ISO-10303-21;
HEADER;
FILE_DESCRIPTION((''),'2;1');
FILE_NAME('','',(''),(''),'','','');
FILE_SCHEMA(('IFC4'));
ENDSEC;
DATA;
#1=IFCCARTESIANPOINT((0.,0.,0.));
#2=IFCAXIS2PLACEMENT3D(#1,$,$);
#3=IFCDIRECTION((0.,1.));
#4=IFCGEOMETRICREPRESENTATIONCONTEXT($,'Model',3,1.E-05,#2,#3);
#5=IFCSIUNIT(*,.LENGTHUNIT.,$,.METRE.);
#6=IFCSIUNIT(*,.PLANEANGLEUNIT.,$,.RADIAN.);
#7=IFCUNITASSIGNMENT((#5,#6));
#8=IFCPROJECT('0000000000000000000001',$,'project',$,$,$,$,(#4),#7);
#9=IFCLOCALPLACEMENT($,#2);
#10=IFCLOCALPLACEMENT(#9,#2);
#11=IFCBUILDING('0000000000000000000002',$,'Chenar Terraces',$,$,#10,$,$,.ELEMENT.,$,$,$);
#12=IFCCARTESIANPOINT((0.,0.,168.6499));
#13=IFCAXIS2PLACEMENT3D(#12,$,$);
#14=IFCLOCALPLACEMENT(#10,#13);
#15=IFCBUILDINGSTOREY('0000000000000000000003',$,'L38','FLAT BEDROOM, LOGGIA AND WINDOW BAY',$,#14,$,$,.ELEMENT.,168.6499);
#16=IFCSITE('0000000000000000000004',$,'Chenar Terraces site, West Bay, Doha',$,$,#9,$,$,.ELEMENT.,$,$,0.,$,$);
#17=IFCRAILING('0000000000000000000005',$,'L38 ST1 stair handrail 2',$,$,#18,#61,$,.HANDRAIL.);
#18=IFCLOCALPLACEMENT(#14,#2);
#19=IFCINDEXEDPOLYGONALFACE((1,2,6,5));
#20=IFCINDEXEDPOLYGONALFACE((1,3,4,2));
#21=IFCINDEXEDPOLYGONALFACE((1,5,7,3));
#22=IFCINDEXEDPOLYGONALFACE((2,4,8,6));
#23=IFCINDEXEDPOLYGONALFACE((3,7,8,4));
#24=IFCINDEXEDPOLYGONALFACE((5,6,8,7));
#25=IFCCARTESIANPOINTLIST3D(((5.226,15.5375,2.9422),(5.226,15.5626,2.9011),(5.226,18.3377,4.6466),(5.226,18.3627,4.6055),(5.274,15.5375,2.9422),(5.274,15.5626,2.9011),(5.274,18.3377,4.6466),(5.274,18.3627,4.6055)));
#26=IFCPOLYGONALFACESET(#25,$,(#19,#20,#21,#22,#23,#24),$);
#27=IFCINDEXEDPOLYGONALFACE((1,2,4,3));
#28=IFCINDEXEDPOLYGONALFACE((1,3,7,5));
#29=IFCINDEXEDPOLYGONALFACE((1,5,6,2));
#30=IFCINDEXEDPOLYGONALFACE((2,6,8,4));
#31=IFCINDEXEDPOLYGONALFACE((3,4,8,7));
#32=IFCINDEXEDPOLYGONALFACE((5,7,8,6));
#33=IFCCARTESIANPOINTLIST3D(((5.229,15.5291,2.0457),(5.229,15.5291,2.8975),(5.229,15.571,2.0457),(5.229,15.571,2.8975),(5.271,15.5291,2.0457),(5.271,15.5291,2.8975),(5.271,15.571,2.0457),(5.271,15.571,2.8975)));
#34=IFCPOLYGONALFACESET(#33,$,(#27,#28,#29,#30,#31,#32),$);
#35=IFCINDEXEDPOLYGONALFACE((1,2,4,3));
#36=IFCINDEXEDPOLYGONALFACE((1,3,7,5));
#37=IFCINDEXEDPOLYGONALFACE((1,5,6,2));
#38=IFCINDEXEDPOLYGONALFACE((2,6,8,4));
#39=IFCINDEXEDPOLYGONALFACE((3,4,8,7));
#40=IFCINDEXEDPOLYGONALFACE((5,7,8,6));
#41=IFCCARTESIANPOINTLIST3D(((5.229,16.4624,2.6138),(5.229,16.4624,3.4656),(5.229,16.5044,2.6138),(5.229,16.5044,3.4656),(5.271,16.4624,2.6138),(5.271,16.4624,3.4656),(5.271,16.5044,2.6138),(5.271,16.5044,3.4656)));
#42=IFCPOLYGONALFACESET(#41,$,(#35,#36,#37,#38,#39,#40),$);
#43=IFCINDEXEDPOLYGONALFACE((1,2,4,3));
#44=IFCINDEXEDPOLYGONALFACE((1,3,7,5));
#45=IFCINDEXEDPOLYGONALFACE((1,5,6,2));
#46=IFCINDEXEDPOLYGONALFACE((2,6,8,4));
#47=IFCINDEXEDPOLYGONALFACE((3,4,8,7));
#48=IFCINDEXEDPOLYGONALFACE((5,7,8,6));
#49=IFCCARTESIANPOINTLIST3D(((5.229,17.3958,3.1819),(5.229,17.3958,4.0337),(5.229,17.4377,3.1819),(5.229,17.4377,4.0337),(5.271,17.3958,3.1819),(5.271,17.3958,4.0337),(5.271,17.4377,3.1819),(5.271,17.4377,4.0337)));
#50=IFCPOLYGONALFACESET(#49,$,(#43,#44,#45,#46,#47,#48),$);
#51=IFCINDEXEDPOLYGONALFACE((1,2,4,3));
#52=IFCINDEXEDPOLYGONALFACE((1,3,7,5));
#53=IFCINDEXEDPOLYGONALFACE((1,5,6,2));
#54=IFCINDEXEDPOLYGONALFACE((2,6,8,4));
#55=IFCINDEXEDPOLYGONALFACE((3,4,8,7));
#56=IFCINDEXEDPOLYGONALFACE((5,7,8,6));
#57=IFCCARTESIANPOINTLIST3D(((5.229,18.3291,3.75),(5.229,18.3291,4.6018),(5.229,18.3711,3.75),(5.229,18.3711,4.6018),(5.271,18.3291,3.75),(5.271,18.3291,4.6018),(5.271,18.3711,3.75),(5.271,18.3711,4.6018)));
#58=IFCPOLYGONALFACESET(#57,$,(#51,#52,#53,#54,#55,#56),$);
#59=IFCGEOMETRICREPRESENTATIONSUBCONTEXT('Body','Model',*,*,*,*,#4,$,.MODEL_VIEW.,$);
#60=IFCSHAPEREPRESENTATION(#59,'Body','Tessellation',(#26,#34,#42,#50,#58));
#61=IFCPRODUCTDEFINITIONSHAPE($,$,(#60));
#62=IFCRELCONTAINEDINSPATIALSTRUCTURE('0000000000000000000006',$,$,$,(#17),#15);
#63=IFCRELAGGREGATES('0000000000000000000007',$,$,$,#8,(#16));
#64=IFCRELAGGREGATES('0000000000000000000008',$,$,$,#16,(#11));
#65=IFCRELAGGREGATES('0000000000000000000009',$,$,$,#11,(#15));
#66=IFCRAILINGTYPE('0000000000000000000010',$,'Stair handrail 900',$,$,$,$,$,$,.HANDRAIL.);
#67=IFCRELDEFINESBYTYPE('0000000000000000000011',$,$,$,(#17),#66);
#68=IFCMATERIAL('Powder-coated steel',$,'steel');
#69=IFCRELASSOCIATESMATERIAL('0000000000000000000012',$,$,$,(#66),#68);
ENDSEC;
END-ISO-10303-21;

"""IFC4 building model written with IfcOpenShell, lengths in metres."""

from ifc_helpers import new_model, si_unit, direction, frame, origin, origin_2d, place, context, subcontext, project, spatial, rectangle, extrude, material, type_object, element, save


model = new_model("IFC4")

# Units and contexts
model_context = context("Model", 3, precision=1e-05, world=origin(), true_north=direction((0.0, 1.0)))
body_context = subcontext(model_context, "Body", "Model", "MODEL_VIEW")
ifc_project = project(units=[si_unit("LENGTHUNIT", "METRE"), si_unit("PLANEANGLEUNIT", "RADIAN")], contexts=[model_context])

# Site, building, storey
site_placement = place(None, origin())
site = spatial("IfcSite", under=ifc_project, at=site_placement, Name="Chenar Terraces site, West Bay, Doha", CompositionType="ELEMENT", RefElevation=0.0)
building_placement = place(site_placement, origin())
building = spatial("IfcBuilding", under=site, at=building_placement, Name="Chenar Terraces", CompositionType="ELEMENT")
storey_placement = place(building_placement, frame((0.0, 0.0, 168.6499)))
storey = spatial("IfcBuildingStorey", under=building, at=storey_placement, Name="L38", Description="FLAT BEDROOM, LOGGIA AND WINDOW BAY", CompositionType="ELEMENT", Elevation=168.6499)

# Railing
ifc_material_1 = material(Name="Powder-coated steel", Category="steel")
railing_type_1 = type_object("IfcRailingType", Name="Stair handrail 900", PredefinedType="HANDRAIL", material=ifc_material_1)
railing_1_placement = place(storey_placement, frame((5.25, 15.55, 2.0457)))
element("IfcRailing", 1, at=railing_1_placement, inside=storey, type_object=railing_type_1, Name="L38 ST1 stair handrail 2", PredefinedType="HANDRAIL", context=body_context, shape_type="SweptSolid", body=[
    extrude(rectangle(XDim=0.0481, YDim=0.0481, at=origin_2d()), frame((0.0, 0.0, 0.876), z_axis=(0.0, 0.854203, 0.51994), x_axis=(-1.0, 0.0, 0.0)), (0.0, 0.0, 1.0), 3.2781),
    extrude(rectangle(XDim=0.042, YDim=0.042, at=origin_2d()), origin(), (0.0, 0.0, 1.0), 0.8518),
    extrude(rectangle(XDim=0.042, YDim=0.042, at=origin_2d()), frame((0.0, 0.9333, 0.5681)), (0.0, 0.0, 1.0), 0.8518),
    extrude(rectangle(XDim=0.042, YDim=0.042, at=origin_2d()), frame((0.0, 1.8667, 1.1362)), (0.0, 0.0, 1.0), 0.8518),
    extrude(rectangle(XDim=0.042, YDim=0.042, at=origin_2d()), frame((0.0, 2.8, 1.7043)), (0.0, 0.0, 1.0), 0.8518),
])

save(model, "model.ifc")
